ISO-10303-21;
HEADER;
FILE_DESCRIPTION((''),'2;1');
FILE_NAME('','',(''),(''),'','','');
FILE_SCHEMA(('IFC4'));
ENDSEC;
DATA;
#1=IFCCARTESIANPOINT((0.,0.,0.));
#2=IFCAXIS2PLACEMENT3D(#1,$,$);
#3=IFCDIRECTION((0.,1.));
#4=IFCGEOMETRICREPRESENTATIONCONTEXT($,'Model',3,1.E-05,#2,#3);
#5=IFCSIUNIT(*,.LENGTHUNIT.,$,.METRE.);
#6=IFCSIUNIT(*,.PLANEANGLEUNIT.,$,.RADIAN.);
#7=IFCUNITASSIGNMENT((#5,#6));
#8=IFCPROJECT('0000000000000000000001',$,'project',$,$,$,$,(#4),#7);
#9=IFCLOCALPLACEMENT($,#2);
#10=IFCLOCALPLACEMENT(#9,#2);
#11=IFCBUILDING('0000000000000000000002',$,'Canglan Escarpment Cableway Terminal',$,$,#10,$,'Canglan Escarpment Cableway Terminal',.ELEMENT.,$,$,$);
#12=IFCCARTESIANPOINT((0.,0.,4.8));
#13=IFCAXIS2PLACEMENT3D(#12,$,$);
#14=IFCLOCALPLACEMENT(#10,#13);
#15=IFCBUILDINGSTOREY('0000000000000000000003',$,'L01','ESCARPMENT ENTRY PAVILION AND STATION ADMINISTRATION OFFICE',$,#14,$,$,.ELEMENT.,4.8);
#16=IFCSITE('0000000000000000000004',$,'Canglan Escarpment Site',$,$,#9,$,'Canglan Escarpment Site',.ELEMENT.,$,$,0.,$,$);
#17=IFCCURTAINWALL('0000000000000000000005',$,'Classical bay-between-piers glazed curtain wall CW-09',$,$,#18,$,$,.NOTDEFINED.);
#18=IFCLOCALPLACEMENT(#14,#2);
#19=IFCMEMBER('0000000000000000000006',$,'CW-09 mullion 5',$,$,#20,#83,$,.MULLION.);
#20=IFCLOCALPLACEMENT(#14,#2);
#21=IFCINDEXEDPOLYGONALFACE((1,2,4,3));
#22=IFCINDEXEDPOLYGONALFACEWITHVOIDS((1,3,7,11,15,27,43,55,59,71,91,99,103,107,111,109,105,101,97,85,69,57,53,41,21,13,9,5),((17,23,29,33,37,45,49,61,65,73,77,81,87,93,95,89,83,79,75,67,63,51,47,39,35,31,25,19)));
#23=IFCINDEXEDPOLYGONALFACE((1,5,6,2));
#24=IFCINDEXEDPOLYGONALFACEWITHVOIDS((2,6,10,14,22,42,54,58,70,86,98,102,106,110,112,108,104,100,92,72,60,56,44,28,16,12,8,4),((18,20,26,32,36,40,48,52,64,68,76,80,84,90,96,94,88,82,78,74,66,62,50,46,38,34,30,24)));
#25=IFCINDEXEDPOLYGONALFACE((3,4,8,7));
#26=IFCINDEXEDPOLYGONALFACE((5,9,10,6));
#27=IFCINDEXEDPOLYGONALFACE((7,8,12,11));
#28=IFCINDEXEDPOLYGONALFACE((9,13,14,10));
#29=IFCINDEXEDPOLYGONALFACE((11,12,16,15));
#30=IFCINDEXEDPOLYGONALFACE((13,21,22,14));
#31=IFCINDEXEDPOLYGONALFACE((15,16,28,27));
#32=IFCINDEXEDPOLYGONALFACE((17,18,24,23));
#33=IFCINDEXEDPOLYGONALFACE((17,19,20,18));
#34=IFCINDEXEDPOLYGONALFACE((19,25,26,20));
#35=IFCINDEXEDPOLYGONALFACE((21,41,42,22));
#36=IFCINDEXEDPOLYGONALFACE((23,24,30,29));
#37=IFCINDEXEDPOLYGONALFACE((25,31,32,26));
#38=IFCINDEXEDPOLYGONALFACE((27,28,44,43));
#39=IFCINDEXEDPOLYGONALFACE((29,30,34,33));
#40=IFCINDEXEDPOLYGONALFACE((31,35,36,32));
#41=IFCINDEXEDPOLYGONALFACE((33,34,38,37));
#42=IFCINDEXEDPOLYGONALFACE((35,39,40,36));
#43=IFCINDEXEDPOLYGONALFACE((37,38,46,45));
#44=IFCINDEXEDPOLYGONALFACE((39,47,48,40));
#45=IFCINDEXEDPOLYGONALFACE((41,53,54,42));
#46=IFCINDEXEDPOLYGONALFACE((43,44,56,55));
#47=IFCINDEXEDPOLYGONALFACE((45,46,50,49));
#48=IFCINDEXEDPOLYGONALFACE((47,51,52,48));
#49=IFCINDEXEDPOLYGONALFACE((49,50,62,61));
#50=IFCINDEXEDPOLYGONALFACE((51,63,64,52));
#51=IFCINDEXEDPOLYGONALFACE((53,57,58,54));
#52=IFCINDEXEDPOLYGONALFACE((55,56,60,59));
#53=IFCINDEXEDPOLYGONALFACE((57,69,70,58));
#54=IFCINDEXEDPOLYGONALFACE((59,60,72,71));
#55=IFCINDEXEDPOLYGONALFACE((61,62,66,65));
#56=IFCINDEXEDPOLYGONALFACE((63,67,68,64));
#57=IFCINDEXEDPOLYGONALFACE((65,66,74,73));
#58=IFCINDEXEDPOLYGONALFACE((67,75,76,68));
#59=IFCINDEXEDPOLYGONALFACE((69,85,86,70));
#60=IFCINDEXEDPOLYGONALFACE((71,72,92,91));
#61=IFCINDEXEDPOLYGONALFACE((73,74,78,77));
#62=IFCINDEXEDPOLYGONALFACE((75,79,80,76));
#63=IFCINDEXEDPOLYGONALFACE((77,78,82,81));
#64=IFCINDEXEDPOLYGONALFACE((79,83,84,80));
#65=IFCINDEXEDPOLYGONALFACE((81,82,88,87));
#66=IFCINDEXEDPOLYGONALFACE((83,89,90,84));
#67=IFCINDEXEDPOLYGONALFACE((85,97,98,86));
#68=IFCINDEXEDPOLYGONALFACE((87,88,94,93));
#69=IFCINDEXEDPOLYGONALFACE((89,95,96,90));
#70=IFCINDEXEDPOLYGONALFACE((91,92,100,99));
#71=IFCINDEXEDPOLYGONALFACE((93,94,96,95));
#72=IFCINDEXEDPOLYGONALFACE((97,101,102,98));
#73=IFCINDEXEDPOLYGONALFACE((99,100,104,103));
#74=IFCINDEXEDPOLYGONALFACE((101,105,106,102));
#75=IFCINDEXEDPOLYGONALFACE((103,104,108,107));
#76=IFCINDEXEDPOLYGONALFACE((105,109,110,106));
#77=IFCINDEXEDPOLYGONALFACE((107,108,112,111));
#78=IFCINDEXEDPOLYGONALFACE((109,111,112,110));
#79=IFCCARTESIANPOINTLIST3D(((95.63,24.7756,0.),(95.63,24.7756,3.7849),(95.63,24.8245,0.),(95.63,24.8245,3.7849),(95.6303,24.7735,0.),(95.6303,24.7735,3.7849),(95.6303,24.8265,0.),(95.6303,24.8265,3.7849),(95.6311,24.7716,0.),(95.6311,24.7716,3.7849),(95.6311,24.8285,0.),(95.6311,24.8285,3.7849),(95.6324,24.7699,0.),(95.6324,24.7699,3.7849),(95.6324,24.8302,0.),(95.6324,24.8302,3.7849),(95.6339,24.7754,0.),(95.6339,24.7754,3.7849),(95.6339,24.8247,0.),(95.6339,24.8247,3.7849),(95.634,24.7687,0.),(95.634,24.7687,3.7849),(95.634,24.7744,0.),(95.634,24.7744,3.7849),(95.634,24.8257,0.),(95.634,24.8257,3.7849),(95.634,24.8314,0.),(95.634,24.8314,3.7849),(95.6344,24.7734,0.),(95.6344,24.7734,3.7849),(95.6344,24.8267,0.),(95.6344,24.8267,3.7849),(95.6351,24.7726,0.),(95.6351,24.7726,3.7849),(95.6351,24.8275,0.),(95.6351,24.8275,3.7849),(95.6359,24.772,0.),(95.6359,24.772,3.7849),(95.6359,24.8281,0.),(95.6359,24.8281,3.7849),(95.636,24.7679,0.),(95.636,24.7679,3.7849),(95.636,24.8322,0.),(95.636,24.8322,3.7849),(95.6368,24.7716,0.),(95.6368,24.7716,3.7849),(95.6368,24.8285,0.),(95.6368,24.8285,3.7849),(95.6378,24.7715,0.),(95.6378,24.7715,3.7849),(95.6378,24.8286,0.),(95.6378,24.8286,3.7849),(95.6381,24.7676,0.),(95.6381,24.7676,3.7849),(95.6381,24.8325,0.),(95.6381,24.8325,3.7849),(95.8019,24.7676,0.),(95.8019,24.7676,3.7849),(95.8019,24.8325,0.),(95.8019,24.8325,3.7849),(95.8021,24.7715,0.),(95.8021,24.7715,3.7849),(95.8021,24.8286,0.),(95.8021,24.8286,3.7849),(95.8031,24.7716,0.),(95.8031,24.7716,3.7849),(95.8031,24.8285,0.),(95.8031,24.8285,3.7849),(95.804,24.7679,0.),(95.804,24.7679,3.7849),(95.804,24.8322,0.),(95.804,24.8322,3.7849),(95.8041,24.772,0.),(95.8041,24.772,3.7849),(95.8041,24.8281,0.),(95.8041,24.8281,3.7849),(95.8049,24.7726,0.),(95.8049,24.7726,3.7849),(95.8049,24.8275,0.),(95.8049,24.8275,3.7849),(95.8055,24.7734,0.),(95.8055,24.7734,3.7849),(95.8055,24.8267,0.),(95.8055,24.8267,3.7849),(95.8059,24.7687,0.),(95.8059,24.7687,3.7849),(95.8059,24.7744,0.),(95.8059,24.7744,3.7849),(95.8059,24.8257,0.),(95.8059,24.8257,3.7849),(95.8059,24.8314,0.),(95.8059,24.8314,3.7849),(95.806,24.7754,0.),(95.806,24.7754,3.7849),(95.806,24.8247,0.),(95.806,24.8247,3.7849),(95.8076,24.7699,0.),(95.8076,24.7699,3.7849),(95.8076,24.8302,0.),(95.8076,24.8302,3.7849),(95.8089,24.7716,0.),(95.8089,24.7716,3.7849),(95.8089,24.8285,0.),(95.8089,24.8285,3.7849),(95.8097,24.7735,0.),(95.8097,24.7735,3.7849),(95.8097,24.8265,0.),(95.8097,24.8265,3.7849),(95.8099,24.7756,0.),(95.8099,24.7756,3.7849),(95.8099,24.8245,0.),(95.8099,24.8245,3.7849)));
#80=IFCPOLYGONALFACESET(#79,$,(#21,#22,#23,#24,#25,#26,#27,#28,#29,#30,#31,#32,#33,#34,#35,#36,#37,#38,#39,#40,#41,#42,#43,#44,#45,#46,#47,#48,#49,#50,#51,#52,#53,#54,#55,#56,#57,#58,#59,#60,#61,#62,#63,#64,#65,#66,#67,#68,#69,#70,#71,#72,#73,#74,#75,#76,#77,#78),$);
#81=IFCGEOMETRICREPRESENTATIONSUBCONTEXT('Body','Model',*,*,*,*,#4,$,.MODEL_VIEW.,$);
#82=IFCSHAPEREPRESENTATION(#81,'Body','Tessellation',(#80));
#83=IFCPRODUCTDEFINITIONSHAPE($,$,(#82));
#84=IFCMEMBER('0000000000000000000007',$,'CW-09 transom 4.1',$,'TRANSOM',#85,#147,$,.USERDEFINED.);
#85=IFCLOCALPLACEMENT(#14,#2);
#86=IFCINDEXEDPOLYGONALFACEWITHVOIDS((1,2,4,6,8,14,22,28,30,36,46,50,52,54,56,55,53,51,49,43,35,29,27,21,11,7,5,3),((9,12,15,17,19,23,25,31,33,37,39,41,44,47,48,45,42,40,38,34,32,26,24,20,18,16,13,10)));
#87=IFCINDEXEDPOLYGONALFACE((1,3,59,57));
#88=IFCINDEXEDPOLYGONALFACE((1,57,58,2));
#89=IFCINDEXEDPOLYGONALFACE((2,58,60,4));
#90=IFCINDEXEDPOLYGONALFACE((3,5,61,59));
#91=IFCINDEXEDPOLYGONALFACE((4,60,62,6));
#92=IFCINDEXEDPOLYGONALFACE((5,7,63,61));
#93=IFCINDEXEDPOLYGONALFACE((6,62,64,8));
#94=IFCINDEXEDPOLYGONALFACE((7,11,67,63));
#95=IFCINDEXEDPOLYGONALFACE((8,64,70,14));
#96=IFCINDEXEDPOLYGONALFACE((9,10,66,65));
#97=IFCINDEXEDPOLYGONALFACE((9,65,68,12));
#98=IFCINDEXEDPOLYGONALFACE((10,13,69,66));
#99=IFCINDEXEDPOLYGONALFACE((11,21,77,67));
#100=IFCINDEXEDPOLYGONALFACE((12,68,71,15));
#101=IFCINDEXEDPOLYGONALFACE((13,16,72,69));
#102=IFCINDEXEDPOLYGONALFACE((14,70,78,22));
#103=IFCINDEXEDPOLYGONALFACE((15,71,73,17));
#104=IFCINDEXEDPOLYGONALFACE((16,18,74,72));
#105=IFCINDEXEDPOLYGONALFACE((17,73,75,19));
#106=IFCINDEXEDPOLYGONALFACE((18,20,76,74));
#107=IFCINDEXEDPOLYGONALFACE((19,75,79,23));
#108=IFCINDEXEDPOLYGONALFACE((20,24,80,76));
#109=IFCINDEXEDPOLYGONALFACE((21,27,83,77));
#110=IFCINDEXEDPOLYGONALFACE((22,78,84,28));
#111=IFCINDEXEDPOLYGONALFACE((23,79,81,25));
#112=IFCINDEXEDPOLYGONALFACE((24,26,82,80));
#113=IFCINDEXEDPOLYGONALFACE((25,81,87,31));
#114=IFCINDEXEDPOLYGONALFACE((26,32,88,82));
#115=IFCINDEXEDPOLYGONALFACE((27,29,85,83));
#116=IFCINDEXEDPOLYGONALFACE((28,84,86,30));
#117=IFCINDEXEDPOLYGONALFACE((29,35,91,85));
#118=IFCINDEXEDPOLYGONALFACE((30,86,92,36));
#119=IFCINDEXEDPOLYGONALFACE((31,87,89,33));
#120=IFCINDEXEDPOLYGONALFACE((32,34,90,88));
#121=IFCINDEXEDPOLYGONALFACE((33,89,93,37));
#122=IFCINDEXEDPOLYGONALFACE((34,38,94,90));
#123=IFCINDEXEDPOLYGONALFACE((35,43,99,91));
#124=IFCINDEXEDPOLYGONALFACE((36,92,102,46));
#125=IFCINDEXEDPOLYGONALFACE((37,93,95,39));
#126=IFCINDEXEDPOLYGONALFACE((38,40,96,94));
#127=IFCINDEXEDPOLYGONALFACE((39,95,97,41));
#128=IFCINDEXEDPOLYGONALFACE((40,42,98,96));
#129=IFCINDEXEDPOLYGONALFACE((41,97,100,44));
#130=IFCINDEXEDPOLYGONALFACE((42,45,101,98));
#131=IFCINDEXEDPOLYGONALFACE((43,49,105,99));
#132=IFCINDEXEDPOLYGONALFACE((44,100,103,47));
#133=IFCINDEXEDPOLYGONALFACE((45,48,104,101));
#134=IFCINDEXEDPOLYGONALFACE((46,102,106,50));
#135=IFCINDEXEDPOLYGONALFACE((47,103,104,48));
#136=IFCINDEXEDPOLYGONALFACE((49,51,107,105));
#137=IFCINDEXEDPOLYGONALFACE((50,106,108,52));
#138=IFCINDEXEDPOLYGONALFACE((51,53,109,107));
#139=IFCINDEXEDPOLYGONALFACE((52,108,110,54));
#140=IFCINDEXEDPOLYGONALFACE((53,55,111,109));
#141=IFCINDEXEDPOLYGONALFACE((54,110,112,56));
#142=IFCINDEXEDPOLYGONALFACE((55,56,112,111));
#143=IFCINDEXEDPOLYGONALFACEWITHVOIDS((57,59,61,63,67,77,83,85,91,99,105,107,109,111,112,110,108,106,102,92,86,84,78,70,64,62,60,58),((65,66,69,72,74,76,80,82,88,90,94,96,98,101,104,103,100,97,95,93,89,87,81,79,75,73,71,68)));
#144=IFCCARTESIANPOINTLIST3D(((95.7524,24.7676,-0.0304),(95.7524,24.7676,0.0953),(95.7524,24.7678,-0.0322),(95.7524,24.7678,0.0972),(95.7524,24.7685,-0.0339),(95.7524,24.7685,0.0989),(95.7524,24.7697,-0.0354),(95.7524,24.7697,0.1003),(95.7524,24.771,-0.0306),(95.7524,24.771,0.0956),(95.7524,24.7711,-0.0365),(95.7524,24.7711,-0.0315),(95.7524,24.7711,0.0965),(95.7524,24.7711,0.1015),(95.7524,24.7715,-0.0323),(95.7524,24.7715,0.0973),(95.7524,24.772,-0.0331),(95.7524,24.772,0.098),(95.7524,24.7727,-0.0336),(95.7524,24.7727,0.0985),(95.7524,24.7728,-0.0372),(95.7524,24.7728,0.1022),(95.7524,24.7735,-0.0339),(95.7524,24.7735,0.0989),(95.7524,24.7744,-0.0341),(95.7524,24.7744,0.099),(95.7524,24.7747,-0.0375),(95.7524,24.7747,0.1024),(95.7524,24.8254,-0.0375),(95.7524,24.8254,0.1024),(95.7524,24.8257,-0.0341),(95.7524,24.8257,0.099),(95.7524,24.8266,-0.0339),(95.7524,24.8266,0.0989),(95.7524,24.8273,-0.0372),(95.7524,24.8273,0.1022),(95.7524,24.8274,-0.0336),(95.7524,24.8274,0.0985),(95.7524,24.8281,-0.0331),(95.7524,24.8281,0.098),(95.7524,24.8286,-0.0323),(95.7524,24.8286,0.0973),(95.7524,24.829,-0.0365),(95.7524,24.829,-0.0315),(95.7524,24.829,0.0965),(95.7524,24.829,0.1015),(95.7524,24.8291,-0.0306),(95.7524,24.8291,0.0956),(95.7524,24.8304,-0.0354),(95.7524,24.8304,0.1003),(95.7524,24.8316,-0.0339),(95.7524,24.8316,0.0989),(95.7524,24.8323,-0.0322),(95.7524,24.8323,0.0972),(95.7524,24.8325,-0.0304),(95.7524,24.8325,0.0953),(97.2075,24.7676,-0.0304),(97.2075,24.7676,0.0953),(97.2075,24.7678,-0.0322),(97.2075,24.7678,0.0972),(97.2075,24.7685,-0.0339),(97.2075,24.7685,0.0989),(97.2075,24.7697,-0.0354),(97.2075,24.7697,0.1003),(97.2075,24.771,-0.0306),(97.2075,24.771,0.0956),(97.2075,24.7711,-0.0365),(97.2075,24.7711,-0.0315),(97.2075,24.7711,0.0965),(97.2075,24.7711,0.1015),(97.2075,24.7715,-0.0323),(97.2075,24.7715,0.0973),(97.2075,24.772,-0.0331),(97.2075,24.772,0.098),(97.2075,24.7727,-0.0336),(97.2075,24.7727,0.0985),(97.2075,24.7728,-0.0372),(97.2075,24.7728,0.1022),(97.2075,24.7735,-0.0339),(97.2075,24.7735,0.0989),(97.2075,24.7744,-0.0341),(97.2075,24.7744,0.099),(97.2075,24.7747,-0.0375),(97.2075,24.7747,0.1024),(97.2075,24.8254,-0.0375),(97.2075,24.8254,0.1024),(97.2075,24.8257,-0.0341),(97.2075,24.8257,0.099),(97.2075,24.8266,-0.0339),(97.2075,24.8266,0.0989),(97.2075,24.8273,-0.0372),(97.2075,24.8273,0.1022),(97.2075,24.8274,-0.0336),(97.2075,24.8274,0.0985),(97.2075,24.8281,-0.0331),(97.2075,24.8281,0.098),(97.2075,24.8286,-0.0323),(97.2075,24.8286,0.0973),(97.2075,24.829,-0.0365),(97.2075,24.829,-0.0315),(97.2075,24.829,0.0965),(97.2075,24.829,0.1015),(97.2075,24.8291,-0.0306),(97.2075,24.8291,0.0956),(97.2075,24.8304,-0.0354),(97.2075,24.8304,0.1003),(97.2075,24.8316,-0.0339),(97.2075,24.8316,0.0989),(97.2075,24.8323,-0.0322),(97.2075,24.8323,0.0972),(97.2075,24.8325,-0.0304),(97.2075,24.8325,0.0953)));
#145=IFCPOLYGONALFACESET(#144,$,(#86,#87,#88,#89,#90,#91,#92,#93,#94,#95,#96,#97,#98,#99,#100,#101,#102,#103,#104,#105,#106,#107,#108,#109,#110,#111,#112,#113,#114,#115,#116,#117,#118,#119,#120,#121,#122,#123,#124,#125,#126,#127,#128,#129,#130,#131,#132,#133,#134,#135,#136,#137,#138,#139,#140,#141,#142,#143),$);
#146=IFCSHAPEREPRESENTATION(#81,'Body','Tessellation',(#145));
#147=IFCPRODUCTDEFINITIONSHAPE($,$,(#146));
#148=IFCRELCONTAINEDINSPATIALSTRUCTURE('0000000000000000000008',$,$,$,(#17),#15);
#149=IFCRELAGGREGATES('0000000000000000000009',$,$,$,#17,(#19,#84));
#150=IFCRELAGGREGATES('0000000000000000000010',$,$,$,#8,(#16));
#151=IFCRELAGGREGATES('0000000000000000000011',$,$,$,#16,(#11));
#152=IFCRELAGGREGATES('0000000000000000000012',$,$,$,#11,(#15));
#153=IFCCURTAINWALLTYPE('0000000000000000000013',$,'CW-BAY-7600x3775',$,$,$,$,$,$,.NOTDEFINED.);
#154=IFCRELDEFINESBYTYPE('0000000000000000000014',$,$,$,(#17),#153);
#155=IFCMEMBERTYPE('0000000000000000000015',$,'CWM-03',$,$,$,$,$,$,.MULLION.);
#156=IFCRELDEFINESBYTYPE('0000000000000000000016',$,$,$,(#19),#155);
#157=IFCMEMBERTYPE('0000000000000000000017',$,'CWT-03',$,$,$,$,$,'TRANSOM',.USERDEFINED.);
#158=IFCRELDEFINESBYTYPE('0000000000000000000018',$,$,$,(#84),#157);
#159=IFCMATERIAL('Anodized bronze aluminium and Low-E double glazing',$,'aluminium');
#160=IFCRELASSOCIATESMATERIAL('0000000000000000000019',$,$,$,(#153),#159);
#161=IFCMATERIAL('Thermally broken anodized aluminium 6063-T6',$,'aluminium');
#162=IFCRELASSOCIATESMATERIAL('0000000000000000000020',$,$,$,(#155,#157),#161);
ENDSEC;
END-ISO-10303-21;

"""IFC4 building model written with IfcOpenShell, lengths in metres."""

from ifc_helpers import new_model, si_unit, direction, frame, origin, origin_2d, place, context, subcontext, project, spatial, hollow_rectangle, extrude, material, material_profile, profile_set, type_object, element, aggregate, save


model = new_model("IFC4")

# Units and contexts
model_context = context("Model", 3, precision=1e-05, world=origin(), true_north=direction((0.0, 1.0)))
body_context = subcontext(model_context, "Body", "Model", "MODEL_VIEW")
ifc_project = project(units=[si_unit("LENGTHUNIT", "METRE"), si_unit("PLANEANGLEUNIT", "RADIAN")], contexts=[model_context])

# Site, building, storey
site_placement = place(None, origin())
site = spatial("IfcSite", under=ifc_project, at=site_placement, Name="Canglan Escarpment Site", LongName="Canglan Escarpment Site", CompositionType="ELEMENT", RefElevation=0.0)
building_placement = place(site_placement, origin())
building = spatial("IfcBuilding", under=site, at=building_placement, Name="Canglan Escarpment Cableway Terminal", LongName="Canglan Escarpment Cableway Terminal", CompositionType="ELEMENT")
storey_placement = place(building_placement, frame((0.0, 0.0, 4.8)))
storey = spatial("IfcBuildingStorey", under=building, at=storey_placement, Name="L01", Description="ESCARPMENT ENTRY PAVILION AND STATION ADMINISTRATION OFFICE", CompositionType="ELEMENT", Elevation=4.8)

# Curtain wall, members
ifc_material_1 = material(Name="Anodized bronze aluminium and Low-E double glazing", Category="aluminium")
curtain_wall_type = type_object("IfcCurtainWallType", Name="CW-BAY-7600x3775", PredefinedType="NOTDEFINED", material=ifc_material_1)
curtain_wall_placement = place(storey_placement, origin())
curtain_wall = element("IfcCurtainWall", 1, at=curtain_wall_placement, inside=storey, type_object=curtain_wall_type, Name="Classical bay-between-piers glazed curtain wall CW-09", PredefinedType="NOTDEFINED")
ifc_material_2 = material(Name="Thermally broken anodized aluminium 6063-T6", Category="aluminium")
ifc_material_profile_1 = material_profile(ifc_material_2, hollow_rectangle(XDim=0.0649, YDim=0.1799, WallThickness=0.0039, InnerFilletRadius=0.0039, OuterFilletRadius=0.0081, at=origin_2d()), Name="ALU-MULL 65x180x4")
ifc_profile_set_1 = profile_set([ifc_material_profile_1], Name="Thermally broken anodized aluminium 6063-T6")
member_type_1 = type_object("IfcMemberType", Name="CWM-03", PredefinedType="MULLION", material=ifc_profile_set_1)
member_1_placement = place(storey_placement, frame((95.72, 24.8, 0.0), z_axis=(0.0, 0.0, 1.0), x_axis=(0.0, -1.0, 0.0)))
member_1 = element("IfcMember", 2, at=member_1_placement, type_object=member_type_1, Name="CW-09 mullion 5", PredefinedType="MULLION", context=body_context, shape_type="SweptSolid", body=[
    extrude(hollow_rectangle(XDim=0.0649, YDim=0.1799, WallThickness=0.0039, InnerFilletRadius=0.0039, OuterFilletRadius=0.0081, at=origin_2d()), origin(), (0.0, 0.0, 1.0), 3.7849),
])
ifc_material_profile_2 = material_profile(ifc_material_2, hollow_rectangle(XDim=0.0649, YDim=0.1399, WallThickness=0.0034, InnerFilletRadius=0.0034, OuterFilletRadius=0.0071, at=origin_2d()), Name="ALU-TRAN 65x140x3.5")
ifc_profile_set_2 = profile_set([ifc_material_profile_2], Name="Thermally broken anodized aluminium 6063-T6")
member_type_2 = type_object("IfcMemberType", Name="CWT-03", ElementType="TRANSOM", PredefinedType="USERDEFINED", material=ifc_profile_set_2)
member_2_placement = place(storey_placement, frame((97.2075, 24.8, 0.0325), z_axis=(-1.0, 0.0, 0.0), x_axis=(0.0, -1.0, 0.0)))
member_2 = element("IfcMember", 3, at=member_2_placement, type_object=member_type_2, Name="CW-09 transom 4.1", ObjectType="TRANSOM", PredefinedType="USERDEFINED", context=body_context, shape_type="SweptSolid", body=[
    extrude(hollow_rectangle(XDim=0.0649, YDim=0.1399, WallThickness=0.0034, InnerFilletRadius=0.0034, OuterFilletRadius=0.0071, at=origin_2d()), origin(), (0.0, 0.0, 1.0), 1.4551),
])
aggregate(curtain_wall, [member_1, member_2])

save(model, "model.ifc")
